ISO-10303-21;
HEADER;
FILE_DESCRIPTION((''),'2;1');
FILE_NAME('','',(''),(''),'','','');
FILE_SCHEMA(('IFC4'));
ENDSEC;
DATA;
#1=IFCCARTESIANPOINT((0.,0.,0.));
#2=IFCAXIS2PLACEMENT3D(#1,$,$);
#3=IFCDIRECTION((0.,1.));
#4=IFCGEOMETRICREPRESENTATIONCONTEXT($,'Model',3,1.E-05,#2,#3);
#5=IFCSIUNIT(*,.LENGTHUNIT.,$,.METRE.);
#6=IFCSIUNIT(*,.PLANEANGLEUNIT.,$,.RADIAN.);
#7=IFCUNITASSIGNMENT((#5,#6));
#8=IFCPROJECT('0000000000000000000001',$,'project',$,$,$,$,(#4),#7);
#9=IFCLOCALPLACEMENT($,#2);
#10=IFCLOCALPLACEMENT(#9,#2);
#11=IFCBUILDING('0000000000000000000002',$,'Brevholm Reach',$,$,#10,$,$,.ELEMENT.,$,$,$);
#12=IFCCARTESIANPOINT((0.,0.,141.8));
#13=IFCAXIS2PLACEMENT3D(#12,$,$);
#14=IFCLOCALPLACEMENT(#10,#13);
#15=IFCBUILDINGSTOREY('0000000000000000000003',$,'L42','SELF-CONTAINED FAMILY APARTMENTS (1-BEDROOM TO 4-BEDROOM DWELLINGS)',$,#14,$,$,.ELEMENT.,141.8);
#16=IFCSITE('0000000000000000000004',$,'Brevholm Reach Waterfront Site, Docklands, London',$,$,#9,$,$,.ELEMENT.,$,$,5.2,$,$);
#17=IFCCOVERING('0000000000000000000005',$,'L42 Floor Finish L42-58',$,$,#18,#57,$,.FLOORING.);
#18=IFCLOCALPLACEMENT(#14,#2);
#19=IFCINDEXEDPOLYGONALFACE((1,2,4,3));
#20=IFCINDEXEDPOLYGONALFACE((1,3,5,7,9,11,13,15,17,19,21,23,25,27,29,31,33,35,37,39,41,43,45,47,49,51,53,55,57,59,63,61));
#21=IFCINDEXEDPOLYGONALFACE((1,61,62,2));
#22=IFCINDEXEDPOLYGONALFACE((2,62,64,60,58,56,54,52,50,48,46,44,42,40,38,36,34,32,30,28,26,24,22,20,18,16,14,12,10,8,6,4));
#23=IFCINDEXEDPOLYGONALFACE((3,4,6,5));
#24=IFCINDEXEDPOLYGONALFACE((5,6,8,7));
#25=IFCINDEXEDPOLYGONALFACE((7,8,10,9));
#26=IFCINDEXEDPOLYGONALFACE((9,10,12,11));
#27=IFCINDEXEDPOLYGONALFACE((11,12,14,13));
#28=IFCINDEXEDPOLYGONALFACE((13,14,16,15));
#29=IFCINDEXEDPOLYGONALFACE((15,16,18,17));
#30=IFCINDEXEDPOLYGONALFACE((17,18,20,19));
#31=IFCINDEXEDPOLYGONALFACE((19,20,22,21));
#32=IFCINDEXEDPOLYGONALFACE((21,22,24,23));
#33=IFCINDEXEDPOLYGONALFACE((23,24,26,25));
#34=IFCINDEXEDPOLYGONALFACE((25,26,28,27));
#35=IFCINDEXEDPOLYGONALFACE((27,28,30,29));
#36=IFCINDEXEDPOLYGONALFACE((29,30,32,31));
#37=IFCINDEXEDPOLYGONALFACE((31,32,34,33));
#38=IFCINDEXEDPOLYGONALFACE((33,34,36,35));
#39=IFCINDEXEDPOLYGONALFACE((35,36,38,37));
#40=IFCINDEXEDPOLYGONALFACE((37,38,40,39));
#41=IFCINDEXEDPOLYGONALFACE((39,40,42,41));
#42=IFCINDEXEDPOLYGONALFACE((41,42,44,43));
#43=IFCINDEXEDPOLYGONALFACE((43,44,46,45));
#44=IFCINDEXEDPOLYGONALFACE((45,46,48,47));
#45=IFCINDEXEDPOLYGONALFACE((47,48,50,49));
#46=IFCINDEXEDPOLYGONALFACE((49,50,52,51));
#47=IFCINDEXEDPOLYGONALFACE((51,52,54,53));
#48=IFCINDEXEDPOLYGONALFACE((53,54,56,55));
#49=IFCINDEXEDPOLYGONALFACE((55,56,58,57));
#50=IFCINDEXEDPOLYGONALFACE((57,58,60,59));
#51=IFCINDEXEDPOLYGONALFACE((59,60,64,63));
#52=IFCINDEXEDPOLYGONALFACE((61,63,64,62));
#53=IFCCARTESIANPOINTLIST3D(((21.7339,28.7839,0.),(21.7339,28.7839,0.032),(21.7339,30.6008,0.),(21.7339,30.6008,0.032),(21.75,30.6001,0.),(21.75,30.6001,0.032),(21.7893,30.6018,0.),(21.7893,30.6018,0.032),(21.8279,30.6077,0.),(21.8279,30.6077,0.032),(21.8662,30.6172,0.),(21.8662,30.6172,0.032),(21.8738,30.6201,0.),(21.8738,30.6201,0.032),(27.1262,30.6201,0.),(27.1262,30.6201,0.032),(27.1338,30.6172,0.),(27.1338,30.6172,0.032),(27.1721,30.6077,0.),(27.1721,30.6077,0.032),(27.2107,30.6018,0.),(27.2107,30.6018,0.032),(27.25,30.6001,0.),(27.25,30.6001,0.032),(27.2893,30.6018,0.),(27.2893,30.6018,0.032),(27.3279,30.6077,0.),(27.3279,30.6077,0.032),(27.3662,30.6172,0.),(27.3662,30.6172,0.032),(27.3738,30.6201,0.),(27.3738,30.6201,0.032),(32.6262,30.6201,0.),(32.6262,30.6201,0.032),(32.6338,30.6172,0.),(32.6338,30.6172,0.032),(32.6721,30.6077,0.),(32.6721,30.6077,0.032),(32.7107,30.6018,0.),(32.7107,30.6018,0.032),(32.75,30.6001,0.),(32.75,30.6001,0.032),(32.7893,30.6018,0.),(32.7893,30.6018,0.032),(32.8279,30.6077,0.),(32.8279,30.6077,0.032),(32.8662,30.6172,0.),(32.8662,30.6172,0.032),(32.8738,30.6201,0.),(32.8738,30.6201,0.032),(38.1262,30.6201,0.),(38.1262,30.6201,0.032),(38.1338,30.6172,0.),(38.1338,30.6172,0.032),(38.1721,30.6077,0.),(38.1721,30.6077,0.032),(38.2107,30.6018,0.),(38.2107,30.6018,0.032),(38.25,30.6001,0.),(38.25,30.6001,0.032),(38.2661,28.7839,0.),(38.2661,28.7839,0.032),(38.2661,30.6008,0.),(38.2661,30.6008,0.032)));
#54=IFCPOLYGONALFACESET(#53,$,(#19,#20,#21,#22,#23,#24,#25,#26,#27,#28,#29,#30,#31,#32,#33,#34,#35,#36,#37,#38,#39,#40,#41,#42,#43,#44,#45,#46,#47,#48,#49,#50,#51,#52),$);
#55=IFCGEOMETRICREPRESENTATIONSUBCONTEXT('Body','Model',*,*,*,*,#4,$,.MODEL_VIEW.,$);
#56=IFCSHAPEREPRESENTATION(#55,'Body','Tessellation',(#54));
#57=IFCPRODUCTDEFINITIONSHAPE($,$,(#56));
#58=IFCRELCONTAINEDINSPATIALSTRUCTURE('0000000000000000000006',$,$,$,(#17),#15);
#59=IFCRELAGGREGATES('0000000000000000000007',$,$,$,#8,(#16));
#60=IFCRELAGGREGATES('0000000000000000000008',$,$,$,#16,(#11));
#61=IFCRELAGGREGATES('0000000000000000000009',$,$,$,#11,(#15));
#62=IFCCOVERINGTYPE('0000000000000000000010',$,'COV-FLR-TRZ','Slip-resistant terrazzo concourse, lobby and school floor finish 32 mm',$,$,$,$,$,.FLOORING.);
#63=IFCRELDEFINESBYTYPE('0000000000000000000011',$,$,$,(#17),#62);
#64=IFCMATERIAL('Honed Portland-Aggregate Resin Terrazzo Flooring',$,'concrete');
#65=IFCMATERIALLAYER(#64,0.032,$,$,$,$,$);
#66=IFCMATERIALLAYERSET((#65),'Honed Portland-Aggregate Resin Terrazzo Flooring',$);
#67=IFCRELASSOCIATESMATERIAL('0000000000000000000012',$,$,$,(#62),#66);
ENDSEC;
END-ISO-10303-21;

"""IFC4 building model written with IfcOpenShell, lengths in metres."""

from ifc_helpers import new_model, si_unit, direction, frame, origin, place, context, subcontext, project, spatial, polyline, outline, extrude, material, layer, layer_set, type_object, element, save


model = new_model("IFC4")

# Units and contexts
model_context = context("Model", 3, precision=1e-05, world=origin(), true_north=direction((0.0, 1.0)))
body_context = subcontext(model_context, "Body", "Model", "MODEL_VIEW")
ifc_project = project(units=[si_unit("LENGTHUNIT", "METRE"), si_unit("PLANEANGLEUNIT", "RADIAN")], contexts=[model_context])

# Site, building, storey
site_placement = place(None, origin())
site = spatial("IfcSite", under=ifc_project, at=site_placement, Name="Brevholm Reach Waterfront Site, Docklands, London", CompositionType="ELEMENT", RefElevation=5.2)
building_placement = place(site_placement, origin())
building = spatial("IfcBuilding", under=site, at=building_placement, Name="Brevholm Reach", CompositionType="ELEMENT")
storey_placement = place(building_placement, frame((0.0, 0.0, 141.8)))
storey = spatial("IfcBuildingStorey", under=building, at=storey_placement, Name="L42", Description="SELF-CONTAINED FAMILY APARTMENTS (1-BEDROOM TO 4-BEDROOM DWELLINGS)", CompositionType="ELEMENT", Elevation=141.8)

# Covering
ifc_material_1 = material(Name="Honed Portland-Aggregate Resin Terrazzo Flooring", Category="concrete")
ifc_layer_1 = layer(ifc_material_1, 0.032)
ifc_layer_set_1 = layer_set([ifc_layer_1], Name="Honed Portland-Aggregate Resin Terrazzo Flooring")
covering_type_1 = type_object("IfcCoveringType", Name="COV-FLR-TRZ", Description="Slip-resistant terrazzo concourse, lobby and school floor finish 32 mm", PredefinedType="FLOORING", material=ifc_layer_set_1)
covering_1_placement = place(storey_placement, origin())
element("IfcCovering", 1, at=covering_1_placement, inside=storey, type_object=covering_type_1, Name="L42 Floor Finish L42-58", PredefinedType="FLOORING", context=body_context, shape_type="SweptSolid", body=[
    extrude(outline(polyline([(27.1262, 30.6201), (27.1338, 30.6172), (27.1721, 30.6077), (27.2107, 30.6018), (27.25, 30.6001), (27.2893, 30.6018), (27.3279, 30.6077), (27.3662, 30.6172), (27.3738, 30.6201), (32.6262, 30.6201), (32.6338, 30.6172), (32.6721, 30.6077), (32.7107, 30.6018), (32.75, 30.6001), (32.7893, 30.6018), (32.8279, 30.6077), (32.8662, 30.6172), (32.8738, 30.6201), (38.1262, 30.6201), (38.1338, 30.6172), (38.1721, 30.6077), (38.2107, 30.6018), (38.25, 30.6001), (38.2661, 30.6008), (38.2661, 28.7839), (21.7339, 28.7839), (21.7339, 30.6008), (21.75, 30.6001), (21.7893, 30.6018), (21.8279, 30.6077), (21.8662, 30.6172), (21.8738, 30.6201), (27.1262, 30.6201)])), origin(), (0.0, 0.0, 1.0), 0.032),
])

save(model, "model.ifc")
